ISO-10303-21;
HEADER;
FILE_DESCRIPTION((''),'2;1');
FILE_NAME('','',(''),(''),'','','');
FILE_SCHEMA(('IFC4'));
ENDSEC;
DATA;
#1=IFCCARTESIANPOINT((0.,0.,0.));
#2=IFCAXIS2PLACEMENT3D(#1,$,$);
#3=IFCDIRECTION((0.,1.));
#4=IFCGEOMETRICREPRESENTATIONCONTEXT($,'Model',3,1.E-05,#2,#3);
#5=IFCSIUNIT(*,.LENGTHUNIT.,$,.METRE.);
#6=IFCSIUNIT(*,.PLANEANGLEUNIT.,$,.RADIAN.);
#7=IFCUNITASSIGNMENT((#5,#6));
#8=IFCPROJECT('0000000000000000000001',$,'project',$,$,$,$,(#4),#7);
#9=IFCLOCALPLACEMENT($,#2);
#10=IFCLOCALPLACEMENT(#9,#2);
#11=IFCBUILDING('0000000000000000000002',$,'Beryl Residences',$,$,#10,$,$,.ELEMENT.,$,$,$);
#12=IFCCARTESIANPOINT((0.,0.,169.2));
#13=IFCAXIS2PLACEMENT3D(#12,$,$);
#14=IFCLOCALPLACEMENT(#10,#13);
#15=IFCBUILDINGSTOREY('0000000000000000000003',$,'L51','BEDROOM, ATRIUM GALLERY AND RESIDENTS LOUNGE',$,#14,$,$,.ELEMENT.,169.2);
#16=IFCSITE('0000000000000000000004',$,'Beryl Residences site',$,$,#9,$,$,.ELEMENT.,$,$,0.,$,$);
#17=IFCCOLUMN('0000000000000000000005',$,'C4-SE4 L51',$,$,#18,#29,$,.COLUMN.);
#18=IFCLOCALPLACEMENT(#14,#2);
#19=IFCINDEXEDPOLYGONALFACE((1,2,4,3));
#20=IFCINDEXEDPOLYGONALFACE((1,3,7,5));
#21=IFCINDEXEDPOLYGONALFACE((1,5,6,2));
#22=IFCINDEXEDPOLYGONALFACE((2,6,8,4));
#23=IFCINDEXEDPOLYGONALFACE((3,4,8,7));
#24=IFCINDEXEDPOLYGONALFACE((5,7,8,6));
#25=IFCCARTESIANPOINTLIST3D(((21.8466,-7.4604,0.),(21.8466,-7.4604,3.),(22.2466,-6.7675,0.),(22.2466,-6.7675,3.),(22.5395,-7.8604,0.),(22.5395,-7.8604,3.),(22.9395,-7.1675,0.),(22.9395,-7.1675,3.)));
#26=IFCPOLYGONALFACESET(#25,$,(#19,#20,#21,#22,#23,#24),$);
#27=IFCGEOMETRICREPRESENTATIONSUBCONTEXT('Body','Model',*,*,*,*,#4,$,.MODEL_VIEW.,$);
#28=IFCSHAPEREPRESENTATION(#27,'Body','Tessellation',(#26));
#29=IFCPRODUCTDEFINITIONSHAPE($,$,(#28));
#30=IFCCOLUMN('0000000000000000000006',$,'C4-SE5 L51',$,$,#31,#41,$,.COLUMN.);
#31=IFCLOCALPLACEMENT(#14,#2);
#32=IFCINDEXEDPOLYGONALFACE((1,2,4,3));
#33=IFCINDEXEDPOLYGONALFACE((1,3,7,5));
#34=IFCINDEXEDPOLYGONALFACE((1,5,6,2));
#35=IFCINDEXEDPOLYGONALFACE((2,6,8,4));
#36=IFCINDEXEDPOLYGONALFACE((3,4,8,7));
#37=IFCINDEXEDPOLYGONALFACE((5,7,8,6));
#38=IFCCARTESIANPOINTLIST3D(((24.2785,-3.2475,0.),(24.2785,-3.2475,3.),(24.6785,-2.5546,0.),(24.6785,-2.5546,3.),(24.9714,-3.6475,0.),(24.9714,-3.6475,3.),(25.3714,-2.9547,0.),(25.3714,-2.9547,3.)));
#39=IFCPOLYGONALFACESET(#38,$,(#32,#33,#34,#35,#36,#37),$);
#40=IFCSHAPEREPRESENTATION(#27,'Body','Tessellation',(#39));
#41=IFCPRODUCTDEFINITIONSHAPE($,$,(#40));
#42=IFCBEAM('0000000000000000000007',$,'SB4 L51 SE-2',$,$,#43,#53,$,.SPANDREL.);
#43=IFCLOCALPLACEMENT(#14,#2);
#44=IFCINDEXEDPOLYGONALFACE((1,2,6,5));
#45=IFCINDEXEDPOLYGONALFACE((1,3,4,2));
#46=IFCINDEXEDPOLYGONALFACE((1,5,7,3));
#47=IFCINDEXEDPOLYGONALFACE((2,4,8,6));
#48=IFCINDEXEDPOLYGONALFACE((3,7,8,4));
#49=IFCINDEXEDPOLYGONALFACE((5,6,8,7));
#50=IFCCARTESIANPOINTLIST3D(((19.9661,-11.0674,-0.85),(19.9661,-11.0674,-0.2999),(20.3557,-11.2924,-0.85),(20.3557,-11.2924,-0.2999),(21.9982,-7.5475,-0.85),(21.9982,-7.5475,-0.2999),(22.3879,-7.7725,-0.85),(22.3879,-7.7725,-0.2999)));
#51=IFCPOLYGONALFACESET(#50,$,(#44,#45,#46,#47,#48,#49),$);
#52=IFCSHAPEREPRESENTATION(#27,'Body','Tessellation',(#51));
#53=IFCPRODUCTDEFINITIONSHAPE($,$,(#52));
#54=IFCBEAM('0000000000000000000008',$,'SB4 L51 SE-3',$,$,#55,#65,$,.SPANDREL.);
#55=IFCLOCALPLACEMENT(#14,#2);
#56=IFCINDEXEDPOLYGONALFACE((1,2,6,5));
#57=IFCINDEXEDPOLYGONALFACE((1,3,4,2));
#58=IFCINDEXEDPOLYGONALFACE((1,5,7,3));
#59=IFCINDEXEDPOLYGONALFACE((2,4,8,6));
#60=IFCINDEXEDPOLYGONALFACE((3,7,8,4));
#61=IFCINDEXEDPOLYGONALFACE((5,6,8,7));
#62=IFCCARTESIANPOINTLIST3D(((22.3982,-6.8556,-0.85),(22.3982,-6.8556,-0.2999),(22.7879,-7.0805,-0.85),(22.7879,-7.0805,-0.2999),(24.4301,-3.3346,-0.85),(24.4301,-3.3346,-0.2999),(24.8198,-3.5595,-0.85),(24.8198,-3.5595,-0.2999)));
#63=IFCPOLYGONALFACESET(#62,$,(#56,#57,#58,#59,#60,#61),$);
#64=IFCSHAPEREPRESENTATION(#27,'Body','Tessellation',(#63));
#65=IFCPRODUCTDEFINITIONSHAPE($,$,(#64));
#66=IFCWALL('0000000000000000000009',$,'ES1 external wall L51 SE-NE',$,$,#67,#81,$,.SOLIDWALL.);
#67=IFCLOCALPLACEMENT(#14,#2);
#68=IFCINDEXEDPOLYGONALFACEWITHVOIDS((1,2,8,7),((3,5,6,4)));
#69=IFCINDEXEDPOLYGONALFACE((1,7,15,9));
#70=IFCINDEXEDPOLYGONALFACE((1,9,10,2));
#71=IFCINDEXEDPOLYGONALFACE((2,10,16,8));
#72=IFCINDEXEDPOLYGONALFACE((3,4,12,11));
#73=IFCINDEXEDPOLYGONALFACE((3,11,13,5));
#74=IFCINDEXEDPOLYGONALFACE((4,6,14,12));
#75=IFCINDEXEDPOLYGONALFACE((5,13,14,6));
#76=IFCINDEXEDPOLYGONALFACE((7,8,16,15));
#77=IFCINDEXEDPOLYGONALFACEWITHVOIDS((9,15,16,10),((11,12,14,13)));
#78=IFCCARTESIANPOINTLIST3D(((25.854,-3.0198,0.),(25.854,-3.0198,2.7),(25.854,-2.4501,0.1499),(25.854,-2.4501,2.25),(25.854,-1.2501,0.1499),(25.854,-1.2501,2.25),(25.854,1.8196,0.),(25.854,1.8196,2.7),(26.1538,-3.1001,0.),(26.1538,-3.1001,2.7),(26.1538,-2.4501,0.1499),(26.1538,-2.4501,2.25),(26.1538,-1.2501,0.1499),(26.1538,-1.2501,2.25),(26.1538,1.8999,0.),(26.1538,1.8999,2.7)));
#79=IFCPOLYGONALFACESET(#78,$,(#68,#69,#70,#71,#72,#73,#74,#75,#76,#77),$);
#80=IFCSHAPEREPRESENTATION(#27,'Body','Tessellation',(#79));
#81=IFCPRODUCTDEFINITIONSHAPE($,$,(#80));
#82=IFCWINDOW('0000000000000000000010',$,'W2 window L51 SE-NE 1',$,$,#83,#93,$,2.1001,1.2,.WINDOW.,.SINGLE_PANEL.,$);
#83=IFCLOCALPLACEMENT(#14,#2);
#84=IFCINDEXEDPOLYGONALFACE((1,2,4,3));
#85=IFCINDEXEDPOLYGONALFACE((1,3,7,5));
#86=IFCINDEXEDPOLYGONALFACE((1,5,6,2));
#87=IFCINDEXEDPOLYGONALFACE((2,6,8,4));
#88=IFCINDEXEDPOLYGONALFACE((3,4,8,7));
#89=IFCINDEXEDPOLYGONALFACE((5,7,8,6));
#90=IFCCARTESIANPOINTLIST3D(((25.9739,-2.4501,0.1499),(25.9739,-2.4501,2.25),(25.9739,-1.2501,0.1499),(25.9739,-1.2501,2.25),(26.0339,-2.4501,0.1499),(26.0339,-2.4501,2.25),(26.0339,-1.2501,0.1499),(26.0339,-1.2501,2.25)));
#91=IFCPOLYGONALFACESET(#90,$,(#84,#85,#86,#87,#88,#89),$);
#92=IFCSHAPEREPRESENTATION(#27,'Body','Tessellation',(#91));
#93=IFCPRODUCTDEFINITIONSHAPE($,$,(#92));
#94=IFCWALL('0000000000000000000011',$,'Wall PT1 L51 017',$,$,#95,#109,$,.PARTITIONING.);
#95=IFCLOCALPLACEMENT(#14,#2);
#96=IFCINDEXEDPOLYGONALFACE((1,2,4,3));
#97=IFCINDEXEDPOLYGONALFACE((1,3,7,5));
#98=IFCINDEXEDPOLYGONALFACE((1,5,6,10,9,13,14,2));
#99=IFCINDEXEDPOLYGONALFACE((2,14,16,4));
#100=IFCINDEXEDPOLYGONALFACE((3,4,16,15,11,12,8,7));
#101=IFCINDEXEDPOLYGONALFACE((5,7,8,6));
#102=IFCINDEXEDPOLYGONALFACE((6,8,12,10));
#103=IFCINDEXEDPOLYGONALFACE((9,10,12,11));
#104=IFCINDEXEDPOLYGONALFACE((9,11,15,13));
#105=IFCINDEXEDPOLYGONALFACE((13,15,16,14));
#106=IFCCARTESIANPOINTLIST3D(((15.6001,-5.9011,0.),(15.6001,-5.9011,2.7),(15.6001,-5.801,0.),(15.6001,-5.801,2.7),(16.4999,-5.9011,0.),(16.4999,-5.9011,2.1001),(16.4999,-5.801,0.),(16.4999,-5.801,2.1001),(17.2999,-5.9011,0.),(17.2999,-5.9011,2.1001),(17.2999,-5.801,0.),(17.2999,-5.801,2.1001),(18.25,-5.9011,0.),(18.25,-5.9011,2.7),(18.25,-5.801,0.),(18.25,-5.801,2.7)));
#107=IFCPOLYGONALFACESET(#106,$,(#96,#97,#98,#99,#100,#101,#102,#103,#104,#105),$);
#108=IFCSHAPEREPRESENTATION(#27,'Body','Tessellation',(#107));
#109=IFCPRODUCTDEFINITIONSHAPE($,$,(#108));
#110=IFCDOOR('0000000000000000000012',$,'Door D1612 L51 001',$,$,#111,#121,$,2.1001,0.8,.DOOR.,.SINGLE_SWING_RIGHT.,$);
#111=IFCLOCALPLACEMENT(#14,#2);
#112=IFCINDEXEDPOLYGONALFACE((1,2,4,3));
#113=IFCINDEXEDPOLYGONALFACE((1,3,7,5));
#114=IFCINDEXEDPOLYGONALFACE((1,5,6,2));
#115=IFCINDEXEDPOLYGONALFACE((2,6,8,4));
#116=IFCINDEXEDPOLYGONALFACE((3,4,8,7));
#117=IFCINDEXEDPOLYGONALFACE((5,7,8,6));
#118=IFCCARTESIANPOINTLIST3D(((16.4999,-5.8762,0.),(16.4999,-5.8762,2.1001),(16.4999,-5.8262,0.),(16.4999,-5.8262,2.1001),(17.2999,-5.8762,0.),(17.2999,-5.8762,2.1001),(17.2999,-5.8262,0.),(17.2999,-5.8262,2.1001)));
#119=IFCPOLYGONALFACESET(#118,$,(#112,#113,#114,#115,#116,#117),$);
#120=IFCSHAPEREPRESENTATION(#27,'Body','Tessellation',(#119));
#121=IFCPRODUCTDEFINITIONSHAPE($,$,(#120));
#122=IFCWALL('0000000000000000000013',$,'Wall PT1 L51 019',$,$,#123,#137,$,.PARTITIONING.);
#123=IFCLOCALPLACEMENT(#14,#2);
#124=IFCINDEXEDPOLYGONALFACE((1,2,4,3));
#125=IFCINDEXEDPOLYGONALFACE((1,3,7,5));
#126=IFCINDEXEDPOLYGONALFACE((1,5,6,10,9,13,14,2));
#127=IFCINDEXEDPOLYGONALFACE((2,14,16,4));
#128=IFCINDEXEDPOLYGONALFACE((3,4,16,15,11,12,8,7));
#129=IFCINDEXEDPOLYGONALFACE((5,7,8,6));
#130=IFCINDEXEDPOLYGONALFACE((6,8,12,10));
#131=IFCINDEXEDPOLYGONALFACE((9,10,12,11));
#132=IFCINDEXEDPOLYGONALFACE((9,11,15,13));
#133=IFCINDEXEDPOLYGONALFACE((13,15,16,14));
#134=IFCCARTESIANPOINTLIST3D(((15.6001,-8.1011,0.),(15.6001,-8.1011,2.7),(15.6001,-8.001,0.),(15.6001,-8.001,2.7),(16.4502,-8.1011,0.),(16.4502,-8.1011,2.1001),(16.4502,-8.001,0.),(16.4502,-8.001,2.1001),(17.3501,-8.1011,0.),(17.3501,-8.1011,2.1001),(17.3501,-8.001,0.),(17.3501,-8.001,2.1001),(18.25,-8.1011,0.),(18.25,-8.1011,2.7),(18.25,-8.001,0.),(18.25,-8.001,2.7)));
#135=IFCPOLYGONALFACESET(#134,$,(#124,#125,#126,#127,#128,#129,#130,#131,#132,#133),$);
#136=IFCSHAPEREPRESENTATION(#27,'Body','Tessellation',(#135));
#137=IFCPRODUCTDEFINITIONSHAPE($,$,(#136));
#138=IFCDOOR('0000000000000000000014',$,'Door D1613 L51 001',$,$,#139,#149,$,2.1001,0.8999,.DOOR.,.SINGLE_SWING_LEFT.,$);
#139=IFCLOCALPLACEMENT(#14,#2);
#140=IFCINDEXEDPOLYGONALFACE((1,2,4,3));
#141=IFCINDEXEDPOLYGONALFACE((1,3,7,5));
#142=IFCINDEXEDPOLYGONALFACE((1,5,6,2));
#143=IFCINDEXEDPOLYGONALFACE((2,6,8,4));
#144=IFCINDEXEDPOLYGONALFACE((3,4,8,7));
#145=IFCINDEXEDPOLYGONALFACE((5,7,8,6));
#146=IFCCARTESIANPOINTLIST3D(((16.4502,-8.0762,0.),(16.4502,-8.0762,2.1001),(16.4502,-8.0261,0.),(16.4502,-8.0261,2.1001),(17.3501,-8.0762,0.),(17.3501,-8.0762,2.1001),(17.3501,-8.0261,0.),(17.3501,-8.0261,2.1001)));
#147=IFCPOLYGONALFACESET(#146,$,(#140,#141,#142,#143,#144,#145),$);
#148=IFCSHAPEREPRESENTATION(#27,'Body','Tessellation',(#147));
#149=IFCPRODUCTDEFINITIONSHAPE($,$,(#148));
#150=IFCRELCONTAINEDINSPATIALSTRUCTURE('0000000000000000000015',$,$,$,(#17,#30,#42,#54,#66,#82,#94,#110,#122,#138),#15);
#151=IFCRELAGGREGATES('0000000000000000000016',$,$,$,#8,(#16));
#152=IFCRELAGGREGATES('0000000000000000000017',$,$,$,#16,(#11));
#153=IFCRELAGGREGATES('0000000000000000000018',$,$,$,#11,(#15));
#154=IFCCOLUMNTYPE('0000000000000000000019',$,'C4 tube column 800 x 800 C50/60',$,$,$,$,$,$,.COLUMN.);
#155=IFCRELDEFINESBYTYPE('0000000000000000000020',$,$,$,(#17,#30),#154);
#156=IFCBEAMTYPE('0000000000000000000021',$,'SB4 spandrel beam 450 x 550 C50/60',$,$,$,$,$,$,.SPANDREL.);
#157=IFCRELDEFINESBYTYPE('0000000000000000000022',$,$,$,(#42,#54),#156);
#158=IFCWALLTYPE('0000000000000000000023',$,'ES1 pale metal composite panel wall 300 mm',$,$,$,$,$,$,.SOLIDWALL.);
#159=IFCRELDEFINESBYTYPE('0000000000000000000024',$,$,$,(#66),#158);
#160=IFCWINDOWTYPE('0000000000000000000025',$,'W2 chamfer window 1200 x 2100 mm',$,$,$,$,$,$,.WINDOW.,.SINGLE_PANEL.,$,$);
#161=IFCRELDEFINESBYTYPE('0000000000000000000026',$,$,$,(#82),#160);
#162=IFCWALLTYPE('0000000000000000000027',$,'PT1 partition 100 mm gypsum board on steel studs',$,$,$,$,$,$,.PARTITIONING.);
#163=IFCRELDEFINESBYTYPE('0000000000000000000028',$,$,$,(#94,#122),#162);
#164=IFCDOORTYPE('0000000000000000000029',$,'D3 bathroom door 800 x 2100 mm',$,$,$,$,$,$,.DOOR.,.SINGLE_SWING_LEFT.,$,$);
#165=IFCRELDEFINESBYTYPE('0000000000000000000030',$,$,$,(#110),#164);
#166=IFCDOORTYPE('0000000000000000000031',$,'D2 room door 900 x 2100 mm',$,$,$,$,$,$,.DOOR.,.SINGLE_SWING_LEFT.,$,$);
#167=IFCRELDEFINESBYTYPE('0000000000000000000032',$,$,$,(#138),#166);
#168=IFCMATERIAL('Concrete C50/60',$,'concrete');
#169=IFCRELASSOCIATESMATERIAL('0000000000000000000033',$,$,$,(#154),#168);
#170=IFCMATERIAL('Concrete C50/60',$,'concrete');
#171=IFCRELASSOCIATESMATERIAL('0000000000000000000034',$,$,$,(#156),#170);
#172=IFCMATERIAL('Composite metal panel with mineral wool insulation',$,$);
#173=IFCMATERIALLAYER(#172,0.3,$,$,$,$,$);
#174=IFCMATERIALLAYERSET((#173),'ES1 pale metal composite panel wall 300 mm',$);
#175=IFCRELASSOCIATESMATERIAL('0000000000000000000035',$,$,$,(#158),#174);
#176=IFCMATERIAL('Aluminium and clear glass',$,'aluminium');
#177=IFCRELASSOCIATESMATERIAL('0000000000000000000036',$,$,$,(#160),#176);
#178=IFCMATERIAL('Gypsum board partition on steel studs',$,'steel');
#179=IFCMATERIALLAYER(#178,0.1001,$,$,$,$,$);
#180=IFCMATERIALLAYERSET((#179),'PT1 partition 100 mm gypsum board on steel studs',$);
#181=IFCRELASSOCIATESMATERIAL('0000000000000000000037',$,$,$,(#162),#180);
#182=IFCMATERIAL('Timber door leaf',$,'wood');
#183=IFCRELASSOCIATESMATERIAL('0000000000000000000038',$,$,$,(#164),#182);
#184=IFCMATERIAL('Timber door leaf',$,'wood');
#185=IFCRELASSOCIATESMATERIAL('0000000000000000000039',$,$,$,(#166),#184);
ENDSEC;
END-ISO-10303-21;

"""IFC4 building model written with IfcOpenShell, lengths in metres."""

from ifc_helpers import new_model, si_unit, direction, frame, frame_2d, origin, origin_2d, place, context, subcontext, project, spatial, polyline, rectangle, outline, extrude, material, layer, layer_set, material_profile, profile_set, type_object, element, fill, save


model = new_model("IFC4")

# Units and contexts
model_context = context("Model", 3, precision=1e-05, world=origin(), true_north=direction((0.0, 1.0)))
body_context = subcontext(model_context, "Body", "Model", "MODEL_VIEW")
ifc_project = project(units=[si_unit("LENGTHUNIT", "METRE"), si_unit("PLANEANGLEUNIT", "RADIAN")], contexts=[model_context])

# Site, building, storey
site_placement = place(None, origin())
site = spatial("IfcSite", under=ifc_project, at=site_placement, Name="Beryl Residences site", CompositionType="ELEMENT", RefElevation=0.0)
building_placement = place(site_placement, origin())
building = spatial("IfcBuilding", under=site, at=building_placement, Name="Beryl Residences", CompositionType="ELEMENT")
storey_placement = place(building_placement, frame((0.0, 0.0, 169.2)))
storey = spatial("IfcBuildingStorey", under=building, at=storey_placement, Name="L51", Description="BEDROOM, ATRIUM GALLERY AND RESIDENTS LOUNGE", CompositionType="ELEMENT", Elevation=169.2)

# Columns
ifc_material_1 = material(Name="Concrete C50/60", Category="concrete")
ifc_material_profile_1 = material_profile(ifc_material_1, rectangle(XDim=0.8, YDim=0.8, at=origin_2d()))
ifc_profile_set_1 = profile_set([ifc_material_profile_1], Name="Concrete C50/60")
column_type = type_object("IfcColumnType", Name="C4 tube column 800 x 800 C50/60", PredefinedType="COLUMN", material=ifc_profile_set_1)
for number, where, z_axis, x_axis, name in (
    (1, (22.3931, -7.314, 0.0), (0.0, 0.0, 1.0), (0.5, 0.866025, 0.0), "C4-SE4 L51"),
    (2, (24.825, -3.1011, 0.0), (0.0, 0.0, 1.0), (0.5, 0.866025, 0.0), "C4-SE5 L51"),
):
    element("IfcColumn", number, at=place(storey_placement, frame(where, z_axis=z_axis, x_axis=x_axis)), inside=storey, type_object=column_type, Name=name, PredefinedType="COLUMN", context=body_context, shape_type="SweptSolid", body=[
        extrude(rectangle(XDim=0.8, YDim=0.8, at=origin_2d()), origin(), (0.0, 0.0, 1.0), 3.0),
    ])

# Beams
ifc_material_2 = material(Name="Concrete C50/60", Category="concrete")
ifc_material_profile_2 = material_profile(ifc_material_2, rectangle(XDim=0.45, YDim=0.55, at=origin_2d()))
ifc_profile_set_2 = profile_set([ifc_material_profile_2], Name="Concrete C50/60")
beam_type = type_object("IfcBeamType", Name="SB4 spandrel beam 450 x 550 C50/60", PredefinedType="SPANDREL", material=ifc_profile_set_2)
beam_1_placement = place(storey_placement, frame((20.1609, -11.1799, -0.575), z_axis=(0.499989, 0.866032, 0.0), x_axis=(-0.866032, 0.499989, 0.0)))
element("IfcBeam", 3, at=beam_1_placement, inside=storey, type_object=beam_type, Name="SB4 L51 SE-2", PredefinedType="SPANDREL", context=body_context, shape_type="SweptSolid", body=[
    extrude(rectangle(XDim=0.45, YDim=0.55, at=origin_2d()), origin(), (0.0, 0.0, 1.0), 4.0645),
])
beam_2_placement = place(storey_placement, frame((22.593, -6.968, -0.575), z_axis=(0.49984, 0.866118, 0.0), x_axis=(-0.866118, 0.49984, 0.0)))
element("IfcBeam", 4, at=beam_2_placement, inside=storey, type_object=beam_type, Name="SB4 L51 SE-3", PredefinedType="SPANDREL", context=body_context, shape_type="SweptSolid", body=[
    extrude(rectangle(XDim=0.45, YDim=0.55, at=origin_2d()), origin(), (0.0, 0.0, 1.0), 4.0652),
])

# Wall, opening, window
ifc_material_3 = material(Name="Composite metal panel with mineral wool insulation")
ifc_layer_1 = layer(ifc_material_3, 0.3)
ifc_layer_set_1 = layer_set([ifc_layer_1], Name="ES1 pale metal composite panel wall 300 mm")
wall_type_1 = type_object("IfcWallType", Name="ES1 pale metal composite panel wall 300 mm", PredefinedType="SOLIDWALL", material=ifc_layer_set_1)
wall_1_placement = place(storey_placement, frame((26.0039, -3.1001, 0.0), z_axis=(0.0, 0.0, 1.0), x_axis=(0.0, 1.0, 0.0)))
wall_1 = element("IfcWall", 5, at=wall_1_placement, inside=storey, type_object=wall_type_1, Name="ES1 external wall L51 SE-NE", PredefinedType="SOLIDWALL", context=body_context, shape_type="SweptSolid", body=[
    extrude(outline(polyline([(0.0, -0.1499), (5.0, -0.1499), (4.9197, 0.1499), (0.0803, 0.1499), (0.0, -0.1499)])), origin(), (0.0, 0.0, 1.0), 2.7),
])
opening_1_placement = place(wall_1_placement, frame((0.6499, 0.0, 0.1499)))
opening_1 = element("IfcOpeningElement", 6, at=opening_1_placement, cuts=wall_1, PredefinedType="OPENING", context=body_context, shape_type="SweptSolid", body=[
    extrude(rectangle(XDim=1.2, YDim=2.1001, at=frame_2d((0.6001, 1.05))), frame((0.0, 0.1599, 0.0), z_axis=(0.0, -1.0, 0.0), x_axis=(1.0, 0.0, 0.0)), (0.0, 0.0, 1.0), 0.3201),
])
ifc_material_4 = material(Name="Aluminium and clear glass", Category="aluminium")
window_type = type_object("IfcWindowType", Name="W2 chamfer window 1200 x 2100 mm", PartitioningType="SINGLE_PANEL", PredefinedType="WINDOW", material=ifc_material_4)
window_placement = place(opening_1_placement, origin())
window = element("IfcWindow", 7, at=window_placement, inside=storey, type_object=window_type, Name="W2 window L51 SE-NE 1", OverallHeight=2.1001, OverallWidth=1.2, PartitioningType="SINGLE_PANEL", PredefinedType="WINDOW", context=body_context, shape_type="SweptSolid", body=[
    extrude(rectangle(XDim=1.2, YDim=2.1001, at=frame_2d((0.6001, 1.05))), frame((0.0, 0.03, 0.0), z_axis=(0.0, -1.0, 0.0), x_axis=(1.0, 0.0, 0.0)), (0.0, 0.0, 1.0), 0.0601),
])
fill(opening_1, window)

# Walls, openings, doors
ifc_material_5 = material(Name="Gypsum board partition on steel studs", Category="steel")
ifc_layer_2 = layer(ifc_material_5, 0.1001)
ifc_layer_set_2 = layer_set([ifc_layer_2], Name="PT1 partition 100 mm gypsum board on steel studs")
wall_type_2 = type_object("IfcWallType", Name="PT1 partition 100 mm gypsum board on steel studs", PredefinedType="PARTITIONING", material=ifc_layer_set_2)
wall_2_placement = place(storey_placement, frame((15.6001, -5.8511, 0.0), z_axis=(0.0, 0.0, 1.0), x_axis=(1.0, 0.0, 0.0)))
wall_2 = element("IfcWall", 8, at=wall_2_placement, inside=storey, type_object=wall_type_2, Name="Wall PT1 L51 017", PredefinedType="PARTITIONING", context=body_context, shape_type="SweptSolid", body=[
    extrude(rectangle(XDim=2.6499, YDim=0.1001, at=frame_2d((1.325, 0.0))), origin(), (0.0, 0.0, 1.0), 2.7),
])
opening_2_placement = place(wall_2_placement, frame((0.8999, 0.0, 0.0)))
opening_2 = element("IfcOpeningElement", 9, at=opening_2_placement, cuts=wall_2, PredefinedType="OPENING", context=body_context, shape_type="SweptSolid", body=[
    extrude(rectangle(XDim=0.8, YDim=2.1001, at=frame_2d((0.3999, 1.05))), frame((0.0, 0.0601, 0.0), z_axis=(0.0, -1.0, 0.0), x_axis=(1.0, 0.0, 0.0)), (0.0, 0.0, 1.0), 0.1201),
])
ifc_material_6 = material(Name="Timber door leaf", Category="wood")
door_type_1 = type_object("IfcDoorType", Name="D3 bathroom door 800 x 2100 mm", OperationType="SINGLE_SWING_LEFT", PredefinedType="DOOR", material=ifc_material_6)
door_1_placement = place(opening_2_placement, origin())
door_1 = element("IfcDoor", 10, at=door_1_placement, inside=storey, type_object=door_type_1, Name="Door D1612 L51 001", OperationType="SINGLE_SWING_RIGHT", OverallHeight=2.1001, OverallWidth=0.8, PredefinedType="DOOR", context=body_context, shape_type="SweptSolid", body=[
    extrude(rectangle(XDim=0.8, YDim=2.1001, at=frame_2d((0.3999, 1.05))), frame((0.0, 0.0249, 0.0), z_axis=(0.0, -1.0, 0.0), x_axis=(1.0, 0.0, 0.0)), (0.0, 0.0, 1.0), 0.05),
])
fill(opening_2, door_1)
wall_3_placement = place(storey_placement, frame((15.6001, -8.051, 0.0), z_axis=(0.0, 0.0, 1.0), x_axis=(1.0, 0.0, 0.0)))
wall_3 = element("IfcWall", 11, at=wall_3_placement, inside=storey, type_object=wall_type_2, Name="Wall PT1 L51 019", PredefinedType="PARTITIONING", context=body_context, shape_type="SweptSolid", body=[
    extrude(rectangle(XDim=2.6499, YDim=0.1001, at=frame_2d((1.325, 0.0))), origin(), (0.0, 0.0, 1.0), 2.7),
])
opening_3_placement = place(wall_3_placement, frame((0.8501, 0.0, 0.0)))
opening_3 = element("IfcOpeningElement", 12, at=opening_3_placement, cuts=wall_3, PredefinedType="OPENING", context=body_context, shape_type="SweptSolid", body=[
    extrude(rectangle(XDim=0.8999, YDim=2.1001, at=frame_2d((0.45, 1.05))), frame((0.0, 0.0601, 0.0), z_axis=(0.0, -1.0, 0.0), x_axis=(1.0, 0.0, 0.0)), (0.0, 0.0, 1.0), 0.1201),
])
ifc_material_7 = material(Name="Timber door leaf", Category="wood")
door_type_2 = type_object("IfcDoorType", Name="D2 room door 900 x 2100 mm", OperationType="SINGLE_SWING_LEFT", PredefinedType="DOOR", material=ifc_material_7)
door_2_placement = place(opening_3_placement, origin())
door_2 = element("IfcDoor", 13, at=door_2_placement, inside=storey, type_object=door_type_2, Name="Door D1613 L51 001", OperationType="SINGLE_SWING_LEFT", OverallHeight=2.1001, OverallWidth=0.8999, PredefinedType="DOOR", context=body_context, shape_type="SweptSolid", body=[
    extrude(rectangle(XDim=0.8999, YDim=2.1001, at=frame_2d((0.45, 1.05))), frame((0.0, 0.0249, 0.0), z_axis=(0.0, -1.0, 0.0), x_axis=(1.0, 0.0, 0.0)), (0.0, 0.0, 1.0), 0.05),
])
fill(opening_3, door_2)

save(model, "model.ifc")
